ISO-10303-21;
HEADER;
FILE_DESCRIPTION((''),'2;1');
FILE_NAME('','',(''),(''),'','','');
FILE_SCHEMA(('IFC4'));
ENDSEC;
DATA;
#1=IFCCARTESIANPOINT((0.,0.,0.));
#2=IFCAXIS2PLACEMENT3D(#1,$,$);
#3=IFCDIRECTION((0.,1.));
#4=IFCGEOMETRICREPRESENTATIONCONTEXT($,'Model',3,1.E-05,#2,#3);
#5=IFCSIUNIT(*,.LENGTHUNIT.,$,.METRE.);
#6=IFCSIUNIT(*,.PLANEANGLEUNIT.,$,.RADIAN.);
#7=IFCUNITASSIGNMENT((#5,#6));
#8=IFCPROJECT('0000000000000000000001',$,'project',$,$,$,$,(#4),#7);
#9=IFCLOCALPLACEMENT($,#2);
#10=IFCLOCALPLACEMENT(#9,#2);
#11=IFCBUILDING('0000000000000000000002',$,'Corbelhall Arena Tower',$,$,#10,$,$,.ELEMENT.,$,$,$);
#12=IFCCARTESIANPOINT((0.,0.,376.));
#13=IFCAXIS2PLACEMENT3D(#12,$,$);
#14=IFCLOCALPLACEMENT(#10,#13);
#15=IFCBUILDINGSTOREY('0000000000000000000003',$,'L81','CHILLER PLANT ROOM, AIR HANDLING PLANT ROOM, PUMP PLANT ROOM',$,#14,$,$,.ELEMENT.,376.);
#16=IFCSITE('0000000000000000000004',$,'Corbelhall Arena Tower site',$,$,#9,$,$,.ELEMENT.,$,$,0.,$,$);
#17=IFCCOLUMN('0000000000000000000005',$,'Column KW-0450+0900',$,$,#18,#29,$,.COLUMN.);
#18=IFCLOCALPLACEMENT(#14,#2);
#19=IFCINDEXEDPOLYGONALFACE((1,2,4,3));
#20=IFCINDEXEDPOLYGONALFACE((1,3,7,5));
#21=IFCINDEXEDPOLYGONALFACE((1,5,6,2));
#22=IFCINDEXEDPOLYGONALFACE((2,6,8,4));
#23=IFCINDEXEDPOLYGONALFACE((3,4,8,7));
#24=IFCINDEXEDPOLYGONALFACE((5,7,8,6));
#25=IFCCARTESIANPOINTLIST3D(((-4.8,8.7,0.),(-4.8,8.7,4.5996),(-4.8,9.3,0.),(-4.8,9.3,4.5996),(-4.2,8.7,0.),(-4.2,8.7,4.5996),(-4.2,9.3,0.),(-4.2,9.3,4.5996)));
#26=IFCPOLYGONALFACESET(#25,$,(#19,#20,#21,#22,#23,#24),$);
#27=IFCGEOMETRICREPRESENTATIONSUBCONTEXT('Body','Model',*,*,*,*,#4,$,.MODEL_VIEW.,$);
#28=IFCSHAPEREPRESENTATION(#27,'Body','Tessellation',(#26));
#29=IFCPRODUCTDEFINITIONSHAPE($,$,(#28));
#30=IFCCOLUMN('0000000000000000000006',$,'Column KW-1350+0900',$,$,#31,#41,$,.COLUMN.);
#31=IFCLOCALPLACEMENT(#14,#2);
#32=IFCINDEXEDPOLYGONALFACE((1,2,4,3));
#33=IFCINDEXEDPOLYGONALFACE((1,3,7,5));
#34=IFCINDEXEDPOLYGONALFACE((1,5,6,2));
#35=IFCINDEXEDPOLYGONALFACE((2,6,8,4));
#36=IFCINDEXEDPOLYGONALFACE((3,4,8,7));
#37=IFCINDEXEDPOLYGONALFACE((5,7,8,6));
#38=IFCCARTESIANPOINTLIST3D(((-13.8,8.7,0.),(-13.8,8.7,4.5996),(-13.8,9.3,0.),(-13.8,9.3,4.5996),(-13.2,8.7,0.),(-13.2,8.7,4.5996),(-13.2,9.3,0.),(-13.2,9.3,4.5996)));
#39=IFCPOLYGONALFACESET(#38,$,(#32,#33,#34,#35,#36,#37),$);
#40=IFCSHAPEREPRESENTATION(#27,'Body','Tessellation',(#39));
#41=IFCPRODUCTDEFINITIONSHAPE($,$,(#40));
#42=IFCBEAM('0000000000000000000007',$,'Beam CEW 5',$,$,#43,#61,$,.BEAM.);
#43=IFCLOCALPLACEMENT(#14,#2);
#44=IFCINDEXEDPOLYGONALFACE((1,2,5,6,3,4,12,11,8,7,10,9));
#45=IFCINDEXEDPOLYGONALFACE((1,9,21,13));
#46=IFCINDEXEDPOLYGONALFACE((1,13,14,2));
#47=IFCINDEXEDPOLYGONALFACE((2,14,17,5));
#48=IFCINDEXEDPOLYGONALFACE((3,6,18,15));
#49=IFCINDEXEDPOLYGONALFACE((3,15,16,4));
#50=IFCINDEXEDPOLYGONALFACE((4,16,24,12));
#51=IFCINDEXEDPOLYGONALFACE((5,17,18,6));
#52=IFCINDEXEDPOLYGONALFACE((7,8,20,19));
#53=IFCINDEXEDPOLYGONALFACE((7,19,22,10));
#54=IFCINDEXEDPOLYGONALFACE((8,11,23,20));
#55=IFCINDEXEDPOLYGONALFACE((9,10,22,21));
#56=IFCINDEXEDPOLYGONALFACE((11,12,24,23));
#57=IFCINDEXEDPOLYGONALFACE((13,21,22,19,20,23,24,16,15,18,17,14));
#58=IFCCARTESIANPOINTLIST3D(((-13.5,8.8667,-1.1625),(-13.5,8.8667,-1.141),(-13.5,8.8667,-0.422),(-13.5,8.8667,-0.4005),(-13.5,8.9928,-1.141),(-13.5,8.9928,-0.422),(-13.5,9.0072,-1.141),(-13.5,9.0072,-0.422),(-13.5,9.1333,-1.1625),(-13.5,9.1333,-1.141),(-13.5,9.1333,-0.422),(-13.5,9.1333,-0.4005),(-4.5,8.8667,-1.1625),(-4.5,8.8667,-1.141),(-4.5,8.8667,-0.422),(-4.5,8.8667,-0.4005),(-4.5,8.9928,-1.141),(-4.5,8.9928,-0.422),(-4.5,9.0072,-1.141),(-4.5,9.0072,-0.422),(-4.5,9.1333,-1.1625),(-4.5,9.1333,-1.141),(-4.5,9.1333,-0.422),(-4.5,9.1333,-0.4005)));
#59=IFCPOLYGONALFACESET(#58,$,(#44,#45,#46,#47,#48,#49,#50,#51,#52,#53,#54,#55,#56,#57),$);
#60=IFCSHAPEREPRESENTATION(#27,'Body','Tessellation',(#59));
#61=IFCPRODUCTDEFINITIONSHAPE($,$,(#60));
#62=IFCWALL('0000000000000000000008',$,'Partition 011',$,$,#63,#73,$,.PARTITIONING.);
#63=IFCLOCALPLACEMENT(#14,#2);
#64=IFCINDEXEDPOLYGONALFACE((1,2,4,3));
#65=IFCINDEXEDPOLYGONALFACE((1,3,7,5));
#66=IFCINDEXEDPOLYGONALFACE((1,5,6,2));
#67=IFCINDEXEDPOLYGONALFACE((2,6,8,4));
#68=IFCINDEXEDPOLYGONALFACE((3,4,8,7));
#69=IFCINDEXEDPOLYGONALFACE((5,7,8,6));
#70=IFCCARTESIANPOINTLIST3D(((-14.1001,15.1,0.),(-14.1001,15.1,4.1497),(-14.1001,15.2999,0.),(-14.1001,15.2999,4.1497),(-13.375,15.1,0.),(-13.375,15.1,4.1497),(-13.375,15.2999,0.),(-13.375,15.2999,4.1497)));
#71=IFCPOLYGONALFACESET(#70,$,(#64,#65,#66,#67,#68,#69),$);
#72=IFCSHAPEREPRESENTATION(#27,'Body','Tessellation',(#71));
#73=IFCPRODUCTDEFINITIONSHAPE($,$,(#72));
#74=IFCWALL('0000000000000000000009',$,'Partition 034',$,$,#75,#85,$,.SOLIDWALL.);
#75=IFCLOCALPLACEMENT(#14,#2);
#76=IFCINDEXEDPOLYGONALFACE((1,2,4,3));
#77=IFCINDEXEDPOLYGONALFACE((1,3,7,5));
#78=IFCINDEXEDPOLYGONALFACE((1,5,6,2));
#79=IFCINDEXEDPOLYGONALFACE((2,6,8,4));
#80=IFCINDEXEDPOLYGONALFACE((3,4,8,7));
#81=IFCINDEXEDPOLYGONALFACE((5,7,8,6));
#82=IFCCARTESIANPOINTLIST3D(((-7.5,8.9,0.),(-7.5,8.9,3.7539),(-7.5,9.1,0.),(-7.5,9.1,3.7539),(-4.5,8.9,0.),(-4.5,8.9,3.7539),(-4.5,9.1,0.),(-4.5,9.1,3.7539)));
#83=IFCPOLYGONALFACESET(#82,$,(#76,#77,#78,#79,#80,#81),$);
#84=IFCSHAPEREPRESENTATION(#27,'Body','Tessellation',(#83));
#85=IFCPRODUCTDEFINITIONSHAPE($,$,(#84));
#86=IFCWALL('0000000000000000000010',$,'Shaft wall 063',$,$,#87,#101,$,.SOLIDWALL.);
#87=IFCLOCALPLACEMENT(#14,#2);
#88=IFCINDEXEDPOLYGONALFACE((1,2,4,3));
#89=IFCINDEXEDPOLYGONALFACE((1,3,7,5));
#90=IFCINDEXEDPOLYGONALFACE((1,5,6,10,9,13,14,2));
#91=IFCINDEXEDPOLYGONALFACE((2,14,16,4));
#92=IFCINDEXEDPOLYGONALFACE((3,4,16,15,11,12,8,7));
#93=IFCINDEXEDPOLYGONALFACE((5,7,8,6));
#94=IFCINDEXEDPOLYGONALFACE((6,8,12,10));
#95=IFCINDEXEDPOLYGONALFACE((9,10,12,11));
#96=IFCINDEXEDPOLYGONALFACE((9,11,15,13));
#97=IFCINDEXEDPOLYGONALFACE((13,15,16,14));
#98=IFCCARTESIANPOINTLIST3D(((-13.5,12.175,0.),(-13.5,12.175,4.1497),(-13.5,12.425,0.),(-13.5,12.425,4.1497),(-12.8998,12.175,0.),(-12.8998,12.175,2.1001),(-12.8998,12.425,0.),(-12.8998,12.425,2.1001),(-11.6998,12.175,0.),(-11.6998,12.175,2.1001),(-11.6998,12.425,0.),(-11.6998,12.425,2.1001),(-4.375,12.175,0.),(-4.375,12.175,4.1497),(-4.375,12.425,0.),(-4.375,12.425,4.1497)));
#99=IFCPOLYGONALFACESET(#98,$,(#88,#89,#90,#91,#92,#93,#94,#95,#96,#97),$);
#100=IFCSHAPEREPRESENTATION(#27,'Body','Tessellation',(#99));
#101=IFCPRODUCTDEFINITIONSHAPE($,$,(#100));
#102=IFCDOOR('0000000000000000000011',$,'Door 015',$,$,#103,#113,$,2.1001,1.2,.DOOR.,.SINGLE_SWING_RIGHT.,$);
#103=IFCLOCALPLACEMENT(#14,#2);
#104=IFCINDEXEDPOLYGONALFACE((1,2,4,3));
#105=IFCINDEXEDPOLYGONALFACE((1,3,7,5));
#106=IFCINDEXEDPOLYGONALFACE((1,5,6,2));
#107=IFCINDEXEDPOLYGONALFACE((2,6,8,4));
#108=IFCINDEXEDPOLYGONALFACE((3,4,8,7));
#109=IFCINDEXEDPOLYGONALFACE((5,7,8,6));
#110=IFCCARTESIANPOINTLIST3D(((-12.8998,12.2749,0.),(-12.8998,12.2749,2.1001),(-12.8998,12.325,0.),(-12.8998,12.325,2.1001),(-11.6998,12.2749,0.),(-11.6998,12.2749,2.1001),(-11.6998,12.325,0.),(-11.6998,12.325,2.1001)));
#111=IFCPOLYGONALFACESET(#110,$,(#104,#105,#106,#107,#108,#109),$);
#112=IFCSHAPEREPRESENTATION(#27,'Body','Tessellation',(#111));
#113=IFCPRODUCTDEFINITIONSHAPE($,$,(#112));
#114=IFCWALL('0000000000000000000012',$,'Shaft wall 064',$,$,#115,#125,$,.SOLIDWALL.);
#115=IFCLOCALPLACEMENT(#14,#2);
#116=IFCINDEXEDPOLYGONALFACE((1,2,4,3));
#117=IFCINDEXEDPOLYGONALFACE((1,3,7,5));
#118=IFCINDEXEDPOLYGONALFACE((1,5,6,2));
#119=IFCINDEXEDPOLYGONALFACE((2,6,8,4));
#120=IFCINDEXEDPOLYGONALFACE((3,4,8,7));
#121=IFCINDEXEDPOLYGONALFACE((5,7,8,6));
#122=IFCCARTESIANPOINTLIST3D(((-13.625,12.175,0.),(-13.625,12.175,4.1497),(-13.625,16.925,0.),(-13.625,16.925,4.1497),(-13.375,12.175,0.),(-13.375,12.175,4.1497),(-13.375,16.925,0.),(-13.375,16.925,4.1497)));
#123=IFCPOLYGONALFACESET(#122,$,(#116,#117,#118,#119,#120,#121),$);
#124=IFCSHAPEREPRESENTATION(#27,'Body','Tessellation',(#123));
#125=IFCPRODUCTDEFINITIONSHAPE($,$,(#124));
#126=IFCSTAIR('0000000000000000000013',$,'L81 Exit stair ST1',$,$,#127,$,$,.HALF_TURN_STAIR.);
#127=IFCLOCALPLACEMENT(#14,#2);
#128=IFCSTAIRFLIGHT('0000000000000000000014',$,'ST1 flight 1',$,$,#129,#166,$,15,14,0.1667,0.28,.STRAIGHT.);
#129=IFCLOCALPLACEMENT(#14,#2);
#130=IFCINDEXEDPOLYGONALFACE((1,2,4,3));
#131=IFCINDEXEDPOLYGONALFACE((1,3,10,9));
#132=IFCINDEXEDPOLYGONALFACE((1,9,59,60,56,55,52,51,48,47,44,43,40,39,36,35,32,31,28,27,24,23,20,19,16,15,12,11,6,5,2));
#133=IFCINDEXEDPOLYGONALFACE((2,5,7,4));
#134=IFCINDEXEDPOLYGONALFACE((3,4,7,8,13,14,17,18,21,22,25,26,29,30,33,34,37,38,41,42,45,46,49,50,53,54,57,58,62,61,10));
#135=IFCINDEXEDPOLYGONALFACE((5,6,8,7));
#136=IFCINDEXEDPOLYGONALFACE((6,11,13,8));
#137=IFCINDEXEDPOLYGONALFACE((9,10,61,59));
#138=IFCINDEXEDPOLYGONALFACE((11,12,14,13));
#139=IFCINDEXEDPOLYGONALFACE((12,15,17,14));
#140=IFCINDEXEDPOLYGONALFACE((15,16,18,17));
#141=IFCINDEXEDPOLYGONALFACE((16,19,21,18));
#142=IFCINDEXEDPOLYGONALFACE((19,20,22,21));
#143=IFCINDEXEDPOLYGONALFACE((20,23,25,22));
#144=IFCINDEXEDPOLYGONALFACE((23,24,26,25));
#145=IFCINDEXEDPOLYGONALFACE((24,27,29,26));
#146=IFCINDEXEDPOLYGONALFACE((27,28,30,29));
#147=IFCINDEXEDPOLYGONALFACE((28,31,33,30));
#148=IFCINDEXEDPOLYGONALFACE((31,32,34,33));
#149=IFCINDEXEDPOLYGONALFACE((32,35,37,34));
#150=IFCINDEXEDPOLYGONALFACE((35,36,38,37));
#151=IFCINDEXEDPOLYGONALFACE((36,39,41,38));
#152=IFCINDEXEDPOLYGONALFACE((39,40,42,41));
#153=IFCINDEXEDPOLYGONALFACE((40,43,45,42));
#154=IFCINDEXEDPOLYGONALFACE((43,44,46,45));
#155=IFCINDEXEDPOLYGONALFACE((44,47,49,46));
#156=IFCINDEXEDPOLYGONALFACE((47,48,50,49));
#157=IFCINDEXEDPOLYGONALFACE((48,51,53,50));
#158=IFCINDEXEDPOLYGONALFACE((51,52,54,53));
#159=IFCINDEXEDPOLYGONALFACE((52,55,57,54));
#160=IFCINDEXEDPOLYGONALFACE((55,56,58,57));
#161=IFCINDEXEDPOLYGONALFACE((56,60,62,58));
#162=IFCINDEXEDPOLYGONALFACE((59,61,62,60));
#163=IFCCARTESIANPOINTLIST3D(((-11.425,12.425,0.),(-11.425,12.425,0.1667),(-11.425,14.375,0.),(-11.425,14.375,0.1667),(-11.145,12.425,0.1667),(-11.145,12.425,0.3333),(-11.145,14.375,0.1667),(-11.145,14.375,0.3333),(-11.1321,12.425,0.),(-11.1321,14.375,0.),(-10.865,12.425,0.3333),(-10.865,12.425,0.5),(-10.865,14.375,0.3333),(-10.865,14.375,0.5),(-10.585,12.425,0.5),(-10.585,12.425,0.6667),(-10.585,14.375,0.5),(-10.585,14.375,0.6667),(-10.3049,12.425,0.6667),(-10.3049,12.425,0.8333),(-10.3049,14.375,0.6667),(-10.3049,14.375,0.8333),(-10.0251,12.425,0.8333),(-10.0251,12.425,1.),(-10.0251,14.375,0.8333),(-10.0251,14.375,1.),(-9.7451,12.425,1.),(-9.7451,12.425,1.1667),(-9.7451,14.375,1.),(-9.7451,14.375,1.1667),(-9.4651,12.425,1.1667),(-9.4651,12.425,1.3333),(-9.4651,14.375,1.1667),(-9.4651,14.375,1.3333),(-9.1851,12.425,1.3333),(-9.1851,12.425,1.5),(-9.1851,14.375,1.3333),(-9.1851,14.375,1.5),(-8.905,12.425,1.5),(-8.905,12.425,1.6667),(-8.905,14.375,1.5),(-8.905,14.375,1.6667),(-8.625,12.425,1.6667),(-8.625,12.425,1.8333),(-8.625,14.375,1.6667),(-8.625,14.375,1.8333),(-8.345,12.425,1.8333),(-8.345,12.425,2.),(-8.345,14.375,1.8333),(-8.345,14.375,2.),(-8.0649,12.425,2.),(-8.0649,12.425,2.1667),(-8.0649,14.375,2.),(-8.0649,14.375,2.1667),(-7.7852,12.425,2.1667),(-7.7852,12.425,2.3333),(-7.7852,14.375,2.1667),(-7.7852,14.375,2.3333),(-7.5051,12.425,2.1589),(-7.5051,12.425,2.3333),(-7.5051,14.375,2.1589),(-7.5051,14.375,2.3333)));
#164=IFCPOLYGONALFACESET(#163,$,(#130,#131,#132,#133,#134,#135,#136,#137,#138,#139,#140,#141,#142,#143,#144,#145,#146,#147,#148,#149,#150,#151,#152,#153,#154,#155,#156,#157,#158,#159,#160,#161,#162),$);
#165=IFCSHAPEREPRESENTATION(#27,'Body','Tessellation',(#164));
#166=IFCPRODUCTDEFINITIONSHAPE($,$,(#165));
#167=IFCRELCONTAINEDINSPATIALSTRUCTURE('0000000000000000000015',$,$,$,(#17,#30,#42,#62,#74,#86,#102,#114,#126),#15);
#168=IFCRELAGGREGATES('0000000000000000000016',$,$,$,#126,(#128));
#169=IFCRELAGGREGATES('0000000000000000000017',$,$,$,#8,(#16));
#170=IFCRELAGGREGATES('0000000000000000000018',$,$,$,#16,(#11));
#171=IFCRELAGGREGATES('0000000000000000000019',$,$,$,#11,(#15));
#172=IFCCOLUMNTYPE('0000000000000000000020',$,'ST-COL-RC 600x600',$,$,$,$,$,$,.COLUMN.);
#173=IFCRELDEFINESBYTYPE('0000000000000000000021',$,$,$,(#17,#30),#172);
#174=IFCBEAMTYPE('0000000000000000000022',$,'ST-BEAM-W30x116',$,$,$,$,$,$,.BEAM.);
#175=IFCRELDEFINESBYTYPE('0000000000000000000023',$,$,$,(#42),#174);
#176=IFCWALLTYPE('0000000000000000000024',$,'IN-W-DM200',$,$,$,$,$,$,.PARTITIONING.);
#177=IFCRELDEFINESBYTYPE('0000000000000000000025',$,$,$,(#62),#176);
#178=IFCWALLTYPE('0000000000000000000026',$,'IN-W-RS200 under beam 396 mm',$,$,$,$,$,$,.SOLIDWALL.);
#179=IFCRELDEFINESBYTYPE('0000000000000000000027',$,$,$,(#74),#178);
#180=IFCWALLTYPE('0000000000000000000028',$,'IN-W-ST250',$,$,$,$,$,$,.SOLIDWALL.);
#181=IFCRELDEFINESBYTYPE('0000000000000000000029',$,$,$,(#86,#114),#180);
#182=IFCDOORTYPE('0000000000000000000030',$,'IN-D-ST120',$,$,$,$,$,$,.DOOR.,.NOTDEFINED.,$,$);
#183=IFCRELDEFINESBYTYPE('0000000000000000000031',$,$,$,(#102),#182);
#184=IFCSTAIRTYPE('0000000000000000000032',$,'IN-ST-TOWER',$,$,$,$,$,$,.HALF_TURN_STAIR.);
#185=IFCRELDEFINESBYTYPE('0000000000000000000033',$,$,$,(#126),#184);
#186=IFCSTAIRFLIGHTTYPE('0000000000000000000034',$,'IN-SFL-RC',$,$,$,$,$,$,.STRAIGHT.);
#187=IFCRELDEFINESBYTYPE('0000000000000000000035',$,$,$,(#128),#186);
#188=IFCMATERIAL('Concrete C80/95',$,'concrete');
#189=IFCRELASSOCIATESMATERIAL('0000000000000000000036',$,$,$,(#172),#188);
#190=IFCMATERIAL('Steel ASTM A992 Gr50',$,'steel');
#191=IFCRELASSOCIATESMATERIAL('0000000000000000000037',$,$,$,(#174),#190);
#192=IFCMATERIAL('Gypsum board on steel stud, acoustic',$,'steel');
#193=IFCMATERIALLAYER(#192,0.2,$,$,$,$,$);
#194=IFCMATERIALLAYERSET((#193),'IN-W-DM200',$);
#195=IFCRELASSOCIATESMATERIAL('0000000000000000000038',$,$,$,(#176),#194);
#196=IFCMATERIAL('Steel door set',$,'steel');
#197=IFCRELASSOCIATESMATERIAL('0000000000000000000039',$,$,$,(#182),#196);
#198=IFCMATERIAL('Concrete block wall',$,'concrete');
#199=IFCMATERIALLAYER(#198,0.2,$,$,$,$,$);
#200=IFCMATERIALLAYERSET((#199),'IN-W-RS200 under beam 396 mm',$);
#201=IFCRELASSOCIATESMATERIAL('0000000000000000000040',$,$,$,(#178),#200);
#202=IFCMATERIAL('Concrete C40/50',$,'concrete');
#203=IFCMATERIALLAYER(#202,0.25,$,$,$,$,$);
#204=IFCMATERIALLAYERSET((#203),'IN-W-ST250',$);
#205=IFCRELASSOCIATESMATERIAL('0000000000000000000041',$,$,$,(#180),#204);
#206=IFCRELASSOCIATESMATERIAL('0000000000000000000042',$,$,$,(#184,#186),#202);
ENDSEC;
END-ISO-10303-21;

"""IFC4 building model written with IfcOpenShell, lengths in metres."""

from ifc_helpers import new_model, si_unit, direction, frame, frame_2d, origin, origin_2d, place, context, subcontext, project, spatial, polyline, rectangle, i_section, outline, extrude, material, layer, layer_set, material_profile, profile_set, type_object, element, fill, aggregate, save


model = new_model("IFC4")

# Units and contexts
model_context = context("Model", 3, precision=1e-05, world=origin(), true_north=direction((0.0, 1.0)))
body_context = subcontext(model_context, "Body", "Model", "MODEL_VIEW")
ifc_project = project(units=[si_unit("LENGTHUNIT", "METRE"), si_unit("PLANEANGLEUNIT", "RADIAN")], contexts=[model_context])

# Site, building, storey
site_placement = place(None, origin())
site = spatial("IfcSite", under=ifc_project, at=site_placement, Name="Corbelhall Arena Tower site", CompositionType="ELEMENT", RefElevation=0.0)
building_placement = place(site_placement, origin())
building = spatial("IfcBuilding", under=site, at=building_placement, Name="Corbelhall Arena Tower", CompositionType="ELEMENT")
storey_placement = place(building_placement, frame((0.0, 0.0, 376.0)))
storey = spatial("IfcBuildingStorey", under=building, at=storey_placement, Name="L81", Description="CHILLER PLANT ROOM, AIR HANDLING PLANT ROOM, PUMP PLANT ROOM", CompositionType="ELEMENT", Elevation=376.0)

# Columns
ifc_material_1 = material(Name="Concrete C80/95", Category="concrete")
ifc_material_profile_1 = material_profile(ifc_material_1, rectangle(XDim=0.6001, YDim=0.6001, at=origin_2d()))
ifc_profile_set_1 = profile_set([ifc_material_profile_1], Name="Concrete C80/95")
column_type = type_object("IfcColumnType", Name="ST-COL-RC 600x600", PredefinedType="COLUMN", material=ifc_profile_set_1)
for number, where, z_axis, x_axis, name in (
    (1, (-4.5, 9.0, 0.0), (0.0, 0.0, 1.0), (1.0, 0.0, 0.0), "Column KW-0450+0900"),
    (2, (-13.5, 9.0, 0.0), (0.0, 0.0, 1.0), (1.0, 0.0, 0.0), "Column KW-1350+0900"),
):
    element("IfcColumn", number, at=place(storey_placement, frame(where, z_axis=z_axis, x_axis=x_axis)), inside=storey, type_object=column_type, Name=name, PredefinedType="COLUMN", context=body_context, shape_type="SweptSolid", body=[
        extrude(rectangle(XDim=0.6001, YDim=0.6001, at=origin_2d()), origin(), (0.0, 0.0, 1.0), 4.5996),
    ])

# Beam
ifc_material_2 = material(Name="Steel ASTM A992 Gr50", Category="steel")
ifc_material_profile_2 = material_profile(ifc_material_2, i_section(OverallWidth=0.2666, OverallDepth=0.762, WebThickness=0.0144, FlangeThickness=0.0215, at=origin_2d()))
ifc_profile_set_2 = profile_set([ifc_material_profile_2], Name="Steel ASTM A992 Gr50")
beam_type = type_object("IfcBeamType", Name="ST-BEAM-W30x116", PredefinedType="BEAM", material=ifc_profile_set_2)
beam_placement = place(storey_placement, frame((-13.5, 9.0, -0.7815), z_axis=(1.0, 0.0, 0.0), x_axis=(0.0, 1.0, 0.0)))
element("IfcBeam", 3, at=beam_placement, inside=storey, type_object=beam_type, Name="Beam CEW 5", PredefinedType="BEAM", context=body_context, shape_type="SweptSolid", body=[
    extrude(i_section(OverallWidth=0.2666, OverallDepth=0.762, WebThickness=0.0144, FlangeThickness=0.0215, at=origin_2d()), origin(), (0.0, 0.0, 1.0), 9.0),
])

# Shared definitions
ifc_material_3 = material(Name="Gypsum board on steel stud, acoustic", Category="steel")
ifc_layer_1 = layer(ifc_material_3, 0.2)
ifc_layer_set_1 = layer_set([ifc_layer_1], Name="IN-W-DM200")
wall_type_1 = type_object("IfcWallType", Name="IN-W-DM200", PredefinedType="PARTITIONING", material=ifc_layer_set_1)
ifc_material_4 = material(Name="Steel door set", Category="steel")

# Wall
wall_1_placement = place(storey_placement, frame((-14.1001, 15.2, 0.0), z_axis=(0.0, 0.0, 1.0), x_axis=(1.0, 0.0, 0.0)))
element("IfcWall", 4, at=wall_1_placement, inside=storey, type_object=wall_type_1, Name="Partition 011", PredefinedType="PARTITIONING", context=body_context, shape_type="SweptSolid", body=[
    extrude(rectangle(XDim=0.7251, YDim=0.2, at=frame_2d((0.3625, 0.0))), origin(), (0.0, 0.0, 1.0), 4.1497),
])

# Shared definitions
ifc_material_5 = material(Name="Concrete C40/50", Category="concrete")
door_type_1 = type_object("IfcDoorType", Name="IN-D-ST120", OperationType="NOTDEFINED", PredefinedType="DOOR", material=ifc_material_4)
ifc_material_6 = material(Name="Concrete block wall", Category="concrete")
ifc_layer_2 = layer(ifc_material_6, 0.2)
ifc_layer_set_2 = layer_set([ifc_layer_2], Name="IN-W-RS200 under beam 396 mm")
wall_type_2 = type_object("IfcWallType", Name="IN-W-RS200 under beam 396 mm", PredefinedType="SOLIDWALL", material=ifc_layer_set_2)

# Wall
wall_2_placement = place(storey_placement, frame((-7.5, 9.0, 0.0), z_axis=(0.0, 0.0, 1.0), x_axis=(1.0, 0.0, 0.0)))
element("IfcWall", 5, at=wall_2_placement, inside=storey, type_object=wall_type_2, Name="Partition 034", PredefinedType="SOLIDWALL", context=body_context, shape_type="SweptSolid", body=[
    extrude(rectangle(XDim=3.0, YDim=0.2, at=frame_2d((1.5, 0.0))), origin(), (0.0, 0.0, 1.0), 3.7539),
])

# Wall, opening, door
ifc_layer_3 = layer(ifc_material_5, 0.25)
ifc_layer_set_3 = layer_set([ifc_layer_3], Name="IN-W-ST250")
wall_type_3 = type_object("IfcWallType", Name="IN-W-ST250", PredefinedType="SOLIDWALL", material=ifc_layer_set_3)
wall_3_placement = place(storey_placement, frame((-13.5, 12.3, 0.0), z_axis=(0.0, 0.0, 1.0), x_axis=(1.0, 0.0, 0.0)))
wall_3 = element("IfcWall", 6, at=wall_3_placement, inside=storey, type_object=wall_type_3, Name="Shaft wall 063", PredefinedType="SOLIDWALL", context=body_context, shape_type="SweptSolid", body=[
    extrude(rectangle(XDim=9.125, YDim=0.25, at=frame_2d((4.5625, 0.0))), origin(), (0.0, 0.0, 1.0), 4.1497),
])
opening_1_placement = place(wall_3_placement, frame((0.6001, 0.0, 0.0)))
opening_1 = element("IfcOpeningElement", 7, at=opening_1_placement, cuts=wall_3, PredefinedType="OPENING", context=body_context, shape_type="SweptSolid", body=[
    extrude(rectangle(XDim=1.2, YDim=2.1001, at=frame_2d((0.6001, 1.05))), frame((0.0, 0.125, 0.0), z_axis=(0.0, -1.0, 0.0), x_axis=(1.0, 0.0, 0.0)), (0.0, 0.0, 1.0), 0.25),
])
door_1_placement = place(opening_1_placement, origin())
door_1 = element("IfcDoor", 8, at=door_1_placement, inside=storey, type_object=door_type_1, Name="Door 015", OperationType="SINGLE_SWING_RIGHT", OverallHeight=2.1001, OverallWidth=1.2, PredefinedType="DOOR", context=body_context, shape_type="SweptSolid", body=[
    extrude(rectangle(XDim=1.2, YDim=2.1001, at=frame_2d((0.6001, 1.05))), frame((0.0, 0.0249, 0.0), z_axis=(0.0, -1.0, 0.0), x_axis=(1.0, 0.0, 0.0)), (0.0, 0.0, 1.0), 0.05),
])
fill(opening_1, door_1)

# Wall
wall_4_placement = place(storey_placement, frame((-13.5, 12.175, 0.0), z_axis=(0.0, 0.0, 1.0), x_axis=(0.0, 1.0, 0.0)))
element("IfcWall", 9, at=wall_4_placement, inside=storey, type_object=wall_type_3, Name="Shaft wall 064", PredefinedType="SOLIDWALL", context=body_context, shape_type="SweptSolid", body=[
    extrude(rectangle(XDim=4.75, YDim=0.25, at=frame_2d((2.375, 0.0))), origin(), (0.0, 0.0, 1.0), 4.1497),
])

# Stair, stair flight
stair_type = type_object("IfcStairType", Name="IN-ST-TOWER", PredefinedType="HALF_TURN_STAIR", material=ifc_material_5)
stair_placement = place(storey_placement, origin())
stair = element("IfcStair", 10, at=stair_placement, inside=storey, type_object=stair_type, Name="L81 Exit stair ST1", PredefinedType="HALF_TURN_STAIR")
stair_flight_type = type_object("IfcStairFlightType", Name="IN-SFL-RC", PredefinedType="STRAIGHT", material=ifc_material_5)
stair_flight_placement = place(storey_placement, frame((-11.425, 13.3999, 0.0), z_axis=(0.0, 0.0, 1.0), x_axis=(1.0, 0.0, 0.0)))
stair_flight = element("IfcStairFlight", 11, at=stair_flight_placement, type_object=stair_flight_type, Name="ST1 flight 1", NumberOfRisers=15, NumberOfTreads=14, PredefinedType="STRAIGHT", RiserHeight=0.1667, TreadLength=0.28, context=body_context, shape_type="SweptSolid", body=[
    extrude(outline(polyline([(0.0, 0.0), (0.0, 0.1667), (0.28, 0.1667), (0.28, 0.3333), (0.5601, 0.3333), (0.5601, 0.5), (0.8401, 0.5), (0.8401, 0.6667), (1.1201, 0.6667), (1.1201, 0.8333), (1.3999, 0.8333), (1.3999, 1.0), (1.6799, 1.0), (1.6799, 1.1667), (1.96, 1.1667), (1.96, 1.3333), (2.24, 1.3333), (2.24, 1.5), (2.52, 1.5), (2.52, 1.6667), (2.8, 1.6667), (2.8, 1.8333), (3.0801, 1.8333), (3.0801, 2.0), (3.3601, 2.0), (3.3601, 2.1667), (3.6399, 2.1667), (3.6399, 2.3333), (3.9199, 2.3333), (3.9199, 2.5), (3.9199, 2.1589), (0.293, 0.0), (0.0, 0.0)])), frame((0.0, 0.9751, 0.0), z_axis=(0.0, -1.0, 0.0), x_axis=(1.0, 0.0, 0.0)), (0.0, 0.0, 1.0), 1.95),
])
aggregate(stair, [stair_flight])

save(model, "model.ifc")
